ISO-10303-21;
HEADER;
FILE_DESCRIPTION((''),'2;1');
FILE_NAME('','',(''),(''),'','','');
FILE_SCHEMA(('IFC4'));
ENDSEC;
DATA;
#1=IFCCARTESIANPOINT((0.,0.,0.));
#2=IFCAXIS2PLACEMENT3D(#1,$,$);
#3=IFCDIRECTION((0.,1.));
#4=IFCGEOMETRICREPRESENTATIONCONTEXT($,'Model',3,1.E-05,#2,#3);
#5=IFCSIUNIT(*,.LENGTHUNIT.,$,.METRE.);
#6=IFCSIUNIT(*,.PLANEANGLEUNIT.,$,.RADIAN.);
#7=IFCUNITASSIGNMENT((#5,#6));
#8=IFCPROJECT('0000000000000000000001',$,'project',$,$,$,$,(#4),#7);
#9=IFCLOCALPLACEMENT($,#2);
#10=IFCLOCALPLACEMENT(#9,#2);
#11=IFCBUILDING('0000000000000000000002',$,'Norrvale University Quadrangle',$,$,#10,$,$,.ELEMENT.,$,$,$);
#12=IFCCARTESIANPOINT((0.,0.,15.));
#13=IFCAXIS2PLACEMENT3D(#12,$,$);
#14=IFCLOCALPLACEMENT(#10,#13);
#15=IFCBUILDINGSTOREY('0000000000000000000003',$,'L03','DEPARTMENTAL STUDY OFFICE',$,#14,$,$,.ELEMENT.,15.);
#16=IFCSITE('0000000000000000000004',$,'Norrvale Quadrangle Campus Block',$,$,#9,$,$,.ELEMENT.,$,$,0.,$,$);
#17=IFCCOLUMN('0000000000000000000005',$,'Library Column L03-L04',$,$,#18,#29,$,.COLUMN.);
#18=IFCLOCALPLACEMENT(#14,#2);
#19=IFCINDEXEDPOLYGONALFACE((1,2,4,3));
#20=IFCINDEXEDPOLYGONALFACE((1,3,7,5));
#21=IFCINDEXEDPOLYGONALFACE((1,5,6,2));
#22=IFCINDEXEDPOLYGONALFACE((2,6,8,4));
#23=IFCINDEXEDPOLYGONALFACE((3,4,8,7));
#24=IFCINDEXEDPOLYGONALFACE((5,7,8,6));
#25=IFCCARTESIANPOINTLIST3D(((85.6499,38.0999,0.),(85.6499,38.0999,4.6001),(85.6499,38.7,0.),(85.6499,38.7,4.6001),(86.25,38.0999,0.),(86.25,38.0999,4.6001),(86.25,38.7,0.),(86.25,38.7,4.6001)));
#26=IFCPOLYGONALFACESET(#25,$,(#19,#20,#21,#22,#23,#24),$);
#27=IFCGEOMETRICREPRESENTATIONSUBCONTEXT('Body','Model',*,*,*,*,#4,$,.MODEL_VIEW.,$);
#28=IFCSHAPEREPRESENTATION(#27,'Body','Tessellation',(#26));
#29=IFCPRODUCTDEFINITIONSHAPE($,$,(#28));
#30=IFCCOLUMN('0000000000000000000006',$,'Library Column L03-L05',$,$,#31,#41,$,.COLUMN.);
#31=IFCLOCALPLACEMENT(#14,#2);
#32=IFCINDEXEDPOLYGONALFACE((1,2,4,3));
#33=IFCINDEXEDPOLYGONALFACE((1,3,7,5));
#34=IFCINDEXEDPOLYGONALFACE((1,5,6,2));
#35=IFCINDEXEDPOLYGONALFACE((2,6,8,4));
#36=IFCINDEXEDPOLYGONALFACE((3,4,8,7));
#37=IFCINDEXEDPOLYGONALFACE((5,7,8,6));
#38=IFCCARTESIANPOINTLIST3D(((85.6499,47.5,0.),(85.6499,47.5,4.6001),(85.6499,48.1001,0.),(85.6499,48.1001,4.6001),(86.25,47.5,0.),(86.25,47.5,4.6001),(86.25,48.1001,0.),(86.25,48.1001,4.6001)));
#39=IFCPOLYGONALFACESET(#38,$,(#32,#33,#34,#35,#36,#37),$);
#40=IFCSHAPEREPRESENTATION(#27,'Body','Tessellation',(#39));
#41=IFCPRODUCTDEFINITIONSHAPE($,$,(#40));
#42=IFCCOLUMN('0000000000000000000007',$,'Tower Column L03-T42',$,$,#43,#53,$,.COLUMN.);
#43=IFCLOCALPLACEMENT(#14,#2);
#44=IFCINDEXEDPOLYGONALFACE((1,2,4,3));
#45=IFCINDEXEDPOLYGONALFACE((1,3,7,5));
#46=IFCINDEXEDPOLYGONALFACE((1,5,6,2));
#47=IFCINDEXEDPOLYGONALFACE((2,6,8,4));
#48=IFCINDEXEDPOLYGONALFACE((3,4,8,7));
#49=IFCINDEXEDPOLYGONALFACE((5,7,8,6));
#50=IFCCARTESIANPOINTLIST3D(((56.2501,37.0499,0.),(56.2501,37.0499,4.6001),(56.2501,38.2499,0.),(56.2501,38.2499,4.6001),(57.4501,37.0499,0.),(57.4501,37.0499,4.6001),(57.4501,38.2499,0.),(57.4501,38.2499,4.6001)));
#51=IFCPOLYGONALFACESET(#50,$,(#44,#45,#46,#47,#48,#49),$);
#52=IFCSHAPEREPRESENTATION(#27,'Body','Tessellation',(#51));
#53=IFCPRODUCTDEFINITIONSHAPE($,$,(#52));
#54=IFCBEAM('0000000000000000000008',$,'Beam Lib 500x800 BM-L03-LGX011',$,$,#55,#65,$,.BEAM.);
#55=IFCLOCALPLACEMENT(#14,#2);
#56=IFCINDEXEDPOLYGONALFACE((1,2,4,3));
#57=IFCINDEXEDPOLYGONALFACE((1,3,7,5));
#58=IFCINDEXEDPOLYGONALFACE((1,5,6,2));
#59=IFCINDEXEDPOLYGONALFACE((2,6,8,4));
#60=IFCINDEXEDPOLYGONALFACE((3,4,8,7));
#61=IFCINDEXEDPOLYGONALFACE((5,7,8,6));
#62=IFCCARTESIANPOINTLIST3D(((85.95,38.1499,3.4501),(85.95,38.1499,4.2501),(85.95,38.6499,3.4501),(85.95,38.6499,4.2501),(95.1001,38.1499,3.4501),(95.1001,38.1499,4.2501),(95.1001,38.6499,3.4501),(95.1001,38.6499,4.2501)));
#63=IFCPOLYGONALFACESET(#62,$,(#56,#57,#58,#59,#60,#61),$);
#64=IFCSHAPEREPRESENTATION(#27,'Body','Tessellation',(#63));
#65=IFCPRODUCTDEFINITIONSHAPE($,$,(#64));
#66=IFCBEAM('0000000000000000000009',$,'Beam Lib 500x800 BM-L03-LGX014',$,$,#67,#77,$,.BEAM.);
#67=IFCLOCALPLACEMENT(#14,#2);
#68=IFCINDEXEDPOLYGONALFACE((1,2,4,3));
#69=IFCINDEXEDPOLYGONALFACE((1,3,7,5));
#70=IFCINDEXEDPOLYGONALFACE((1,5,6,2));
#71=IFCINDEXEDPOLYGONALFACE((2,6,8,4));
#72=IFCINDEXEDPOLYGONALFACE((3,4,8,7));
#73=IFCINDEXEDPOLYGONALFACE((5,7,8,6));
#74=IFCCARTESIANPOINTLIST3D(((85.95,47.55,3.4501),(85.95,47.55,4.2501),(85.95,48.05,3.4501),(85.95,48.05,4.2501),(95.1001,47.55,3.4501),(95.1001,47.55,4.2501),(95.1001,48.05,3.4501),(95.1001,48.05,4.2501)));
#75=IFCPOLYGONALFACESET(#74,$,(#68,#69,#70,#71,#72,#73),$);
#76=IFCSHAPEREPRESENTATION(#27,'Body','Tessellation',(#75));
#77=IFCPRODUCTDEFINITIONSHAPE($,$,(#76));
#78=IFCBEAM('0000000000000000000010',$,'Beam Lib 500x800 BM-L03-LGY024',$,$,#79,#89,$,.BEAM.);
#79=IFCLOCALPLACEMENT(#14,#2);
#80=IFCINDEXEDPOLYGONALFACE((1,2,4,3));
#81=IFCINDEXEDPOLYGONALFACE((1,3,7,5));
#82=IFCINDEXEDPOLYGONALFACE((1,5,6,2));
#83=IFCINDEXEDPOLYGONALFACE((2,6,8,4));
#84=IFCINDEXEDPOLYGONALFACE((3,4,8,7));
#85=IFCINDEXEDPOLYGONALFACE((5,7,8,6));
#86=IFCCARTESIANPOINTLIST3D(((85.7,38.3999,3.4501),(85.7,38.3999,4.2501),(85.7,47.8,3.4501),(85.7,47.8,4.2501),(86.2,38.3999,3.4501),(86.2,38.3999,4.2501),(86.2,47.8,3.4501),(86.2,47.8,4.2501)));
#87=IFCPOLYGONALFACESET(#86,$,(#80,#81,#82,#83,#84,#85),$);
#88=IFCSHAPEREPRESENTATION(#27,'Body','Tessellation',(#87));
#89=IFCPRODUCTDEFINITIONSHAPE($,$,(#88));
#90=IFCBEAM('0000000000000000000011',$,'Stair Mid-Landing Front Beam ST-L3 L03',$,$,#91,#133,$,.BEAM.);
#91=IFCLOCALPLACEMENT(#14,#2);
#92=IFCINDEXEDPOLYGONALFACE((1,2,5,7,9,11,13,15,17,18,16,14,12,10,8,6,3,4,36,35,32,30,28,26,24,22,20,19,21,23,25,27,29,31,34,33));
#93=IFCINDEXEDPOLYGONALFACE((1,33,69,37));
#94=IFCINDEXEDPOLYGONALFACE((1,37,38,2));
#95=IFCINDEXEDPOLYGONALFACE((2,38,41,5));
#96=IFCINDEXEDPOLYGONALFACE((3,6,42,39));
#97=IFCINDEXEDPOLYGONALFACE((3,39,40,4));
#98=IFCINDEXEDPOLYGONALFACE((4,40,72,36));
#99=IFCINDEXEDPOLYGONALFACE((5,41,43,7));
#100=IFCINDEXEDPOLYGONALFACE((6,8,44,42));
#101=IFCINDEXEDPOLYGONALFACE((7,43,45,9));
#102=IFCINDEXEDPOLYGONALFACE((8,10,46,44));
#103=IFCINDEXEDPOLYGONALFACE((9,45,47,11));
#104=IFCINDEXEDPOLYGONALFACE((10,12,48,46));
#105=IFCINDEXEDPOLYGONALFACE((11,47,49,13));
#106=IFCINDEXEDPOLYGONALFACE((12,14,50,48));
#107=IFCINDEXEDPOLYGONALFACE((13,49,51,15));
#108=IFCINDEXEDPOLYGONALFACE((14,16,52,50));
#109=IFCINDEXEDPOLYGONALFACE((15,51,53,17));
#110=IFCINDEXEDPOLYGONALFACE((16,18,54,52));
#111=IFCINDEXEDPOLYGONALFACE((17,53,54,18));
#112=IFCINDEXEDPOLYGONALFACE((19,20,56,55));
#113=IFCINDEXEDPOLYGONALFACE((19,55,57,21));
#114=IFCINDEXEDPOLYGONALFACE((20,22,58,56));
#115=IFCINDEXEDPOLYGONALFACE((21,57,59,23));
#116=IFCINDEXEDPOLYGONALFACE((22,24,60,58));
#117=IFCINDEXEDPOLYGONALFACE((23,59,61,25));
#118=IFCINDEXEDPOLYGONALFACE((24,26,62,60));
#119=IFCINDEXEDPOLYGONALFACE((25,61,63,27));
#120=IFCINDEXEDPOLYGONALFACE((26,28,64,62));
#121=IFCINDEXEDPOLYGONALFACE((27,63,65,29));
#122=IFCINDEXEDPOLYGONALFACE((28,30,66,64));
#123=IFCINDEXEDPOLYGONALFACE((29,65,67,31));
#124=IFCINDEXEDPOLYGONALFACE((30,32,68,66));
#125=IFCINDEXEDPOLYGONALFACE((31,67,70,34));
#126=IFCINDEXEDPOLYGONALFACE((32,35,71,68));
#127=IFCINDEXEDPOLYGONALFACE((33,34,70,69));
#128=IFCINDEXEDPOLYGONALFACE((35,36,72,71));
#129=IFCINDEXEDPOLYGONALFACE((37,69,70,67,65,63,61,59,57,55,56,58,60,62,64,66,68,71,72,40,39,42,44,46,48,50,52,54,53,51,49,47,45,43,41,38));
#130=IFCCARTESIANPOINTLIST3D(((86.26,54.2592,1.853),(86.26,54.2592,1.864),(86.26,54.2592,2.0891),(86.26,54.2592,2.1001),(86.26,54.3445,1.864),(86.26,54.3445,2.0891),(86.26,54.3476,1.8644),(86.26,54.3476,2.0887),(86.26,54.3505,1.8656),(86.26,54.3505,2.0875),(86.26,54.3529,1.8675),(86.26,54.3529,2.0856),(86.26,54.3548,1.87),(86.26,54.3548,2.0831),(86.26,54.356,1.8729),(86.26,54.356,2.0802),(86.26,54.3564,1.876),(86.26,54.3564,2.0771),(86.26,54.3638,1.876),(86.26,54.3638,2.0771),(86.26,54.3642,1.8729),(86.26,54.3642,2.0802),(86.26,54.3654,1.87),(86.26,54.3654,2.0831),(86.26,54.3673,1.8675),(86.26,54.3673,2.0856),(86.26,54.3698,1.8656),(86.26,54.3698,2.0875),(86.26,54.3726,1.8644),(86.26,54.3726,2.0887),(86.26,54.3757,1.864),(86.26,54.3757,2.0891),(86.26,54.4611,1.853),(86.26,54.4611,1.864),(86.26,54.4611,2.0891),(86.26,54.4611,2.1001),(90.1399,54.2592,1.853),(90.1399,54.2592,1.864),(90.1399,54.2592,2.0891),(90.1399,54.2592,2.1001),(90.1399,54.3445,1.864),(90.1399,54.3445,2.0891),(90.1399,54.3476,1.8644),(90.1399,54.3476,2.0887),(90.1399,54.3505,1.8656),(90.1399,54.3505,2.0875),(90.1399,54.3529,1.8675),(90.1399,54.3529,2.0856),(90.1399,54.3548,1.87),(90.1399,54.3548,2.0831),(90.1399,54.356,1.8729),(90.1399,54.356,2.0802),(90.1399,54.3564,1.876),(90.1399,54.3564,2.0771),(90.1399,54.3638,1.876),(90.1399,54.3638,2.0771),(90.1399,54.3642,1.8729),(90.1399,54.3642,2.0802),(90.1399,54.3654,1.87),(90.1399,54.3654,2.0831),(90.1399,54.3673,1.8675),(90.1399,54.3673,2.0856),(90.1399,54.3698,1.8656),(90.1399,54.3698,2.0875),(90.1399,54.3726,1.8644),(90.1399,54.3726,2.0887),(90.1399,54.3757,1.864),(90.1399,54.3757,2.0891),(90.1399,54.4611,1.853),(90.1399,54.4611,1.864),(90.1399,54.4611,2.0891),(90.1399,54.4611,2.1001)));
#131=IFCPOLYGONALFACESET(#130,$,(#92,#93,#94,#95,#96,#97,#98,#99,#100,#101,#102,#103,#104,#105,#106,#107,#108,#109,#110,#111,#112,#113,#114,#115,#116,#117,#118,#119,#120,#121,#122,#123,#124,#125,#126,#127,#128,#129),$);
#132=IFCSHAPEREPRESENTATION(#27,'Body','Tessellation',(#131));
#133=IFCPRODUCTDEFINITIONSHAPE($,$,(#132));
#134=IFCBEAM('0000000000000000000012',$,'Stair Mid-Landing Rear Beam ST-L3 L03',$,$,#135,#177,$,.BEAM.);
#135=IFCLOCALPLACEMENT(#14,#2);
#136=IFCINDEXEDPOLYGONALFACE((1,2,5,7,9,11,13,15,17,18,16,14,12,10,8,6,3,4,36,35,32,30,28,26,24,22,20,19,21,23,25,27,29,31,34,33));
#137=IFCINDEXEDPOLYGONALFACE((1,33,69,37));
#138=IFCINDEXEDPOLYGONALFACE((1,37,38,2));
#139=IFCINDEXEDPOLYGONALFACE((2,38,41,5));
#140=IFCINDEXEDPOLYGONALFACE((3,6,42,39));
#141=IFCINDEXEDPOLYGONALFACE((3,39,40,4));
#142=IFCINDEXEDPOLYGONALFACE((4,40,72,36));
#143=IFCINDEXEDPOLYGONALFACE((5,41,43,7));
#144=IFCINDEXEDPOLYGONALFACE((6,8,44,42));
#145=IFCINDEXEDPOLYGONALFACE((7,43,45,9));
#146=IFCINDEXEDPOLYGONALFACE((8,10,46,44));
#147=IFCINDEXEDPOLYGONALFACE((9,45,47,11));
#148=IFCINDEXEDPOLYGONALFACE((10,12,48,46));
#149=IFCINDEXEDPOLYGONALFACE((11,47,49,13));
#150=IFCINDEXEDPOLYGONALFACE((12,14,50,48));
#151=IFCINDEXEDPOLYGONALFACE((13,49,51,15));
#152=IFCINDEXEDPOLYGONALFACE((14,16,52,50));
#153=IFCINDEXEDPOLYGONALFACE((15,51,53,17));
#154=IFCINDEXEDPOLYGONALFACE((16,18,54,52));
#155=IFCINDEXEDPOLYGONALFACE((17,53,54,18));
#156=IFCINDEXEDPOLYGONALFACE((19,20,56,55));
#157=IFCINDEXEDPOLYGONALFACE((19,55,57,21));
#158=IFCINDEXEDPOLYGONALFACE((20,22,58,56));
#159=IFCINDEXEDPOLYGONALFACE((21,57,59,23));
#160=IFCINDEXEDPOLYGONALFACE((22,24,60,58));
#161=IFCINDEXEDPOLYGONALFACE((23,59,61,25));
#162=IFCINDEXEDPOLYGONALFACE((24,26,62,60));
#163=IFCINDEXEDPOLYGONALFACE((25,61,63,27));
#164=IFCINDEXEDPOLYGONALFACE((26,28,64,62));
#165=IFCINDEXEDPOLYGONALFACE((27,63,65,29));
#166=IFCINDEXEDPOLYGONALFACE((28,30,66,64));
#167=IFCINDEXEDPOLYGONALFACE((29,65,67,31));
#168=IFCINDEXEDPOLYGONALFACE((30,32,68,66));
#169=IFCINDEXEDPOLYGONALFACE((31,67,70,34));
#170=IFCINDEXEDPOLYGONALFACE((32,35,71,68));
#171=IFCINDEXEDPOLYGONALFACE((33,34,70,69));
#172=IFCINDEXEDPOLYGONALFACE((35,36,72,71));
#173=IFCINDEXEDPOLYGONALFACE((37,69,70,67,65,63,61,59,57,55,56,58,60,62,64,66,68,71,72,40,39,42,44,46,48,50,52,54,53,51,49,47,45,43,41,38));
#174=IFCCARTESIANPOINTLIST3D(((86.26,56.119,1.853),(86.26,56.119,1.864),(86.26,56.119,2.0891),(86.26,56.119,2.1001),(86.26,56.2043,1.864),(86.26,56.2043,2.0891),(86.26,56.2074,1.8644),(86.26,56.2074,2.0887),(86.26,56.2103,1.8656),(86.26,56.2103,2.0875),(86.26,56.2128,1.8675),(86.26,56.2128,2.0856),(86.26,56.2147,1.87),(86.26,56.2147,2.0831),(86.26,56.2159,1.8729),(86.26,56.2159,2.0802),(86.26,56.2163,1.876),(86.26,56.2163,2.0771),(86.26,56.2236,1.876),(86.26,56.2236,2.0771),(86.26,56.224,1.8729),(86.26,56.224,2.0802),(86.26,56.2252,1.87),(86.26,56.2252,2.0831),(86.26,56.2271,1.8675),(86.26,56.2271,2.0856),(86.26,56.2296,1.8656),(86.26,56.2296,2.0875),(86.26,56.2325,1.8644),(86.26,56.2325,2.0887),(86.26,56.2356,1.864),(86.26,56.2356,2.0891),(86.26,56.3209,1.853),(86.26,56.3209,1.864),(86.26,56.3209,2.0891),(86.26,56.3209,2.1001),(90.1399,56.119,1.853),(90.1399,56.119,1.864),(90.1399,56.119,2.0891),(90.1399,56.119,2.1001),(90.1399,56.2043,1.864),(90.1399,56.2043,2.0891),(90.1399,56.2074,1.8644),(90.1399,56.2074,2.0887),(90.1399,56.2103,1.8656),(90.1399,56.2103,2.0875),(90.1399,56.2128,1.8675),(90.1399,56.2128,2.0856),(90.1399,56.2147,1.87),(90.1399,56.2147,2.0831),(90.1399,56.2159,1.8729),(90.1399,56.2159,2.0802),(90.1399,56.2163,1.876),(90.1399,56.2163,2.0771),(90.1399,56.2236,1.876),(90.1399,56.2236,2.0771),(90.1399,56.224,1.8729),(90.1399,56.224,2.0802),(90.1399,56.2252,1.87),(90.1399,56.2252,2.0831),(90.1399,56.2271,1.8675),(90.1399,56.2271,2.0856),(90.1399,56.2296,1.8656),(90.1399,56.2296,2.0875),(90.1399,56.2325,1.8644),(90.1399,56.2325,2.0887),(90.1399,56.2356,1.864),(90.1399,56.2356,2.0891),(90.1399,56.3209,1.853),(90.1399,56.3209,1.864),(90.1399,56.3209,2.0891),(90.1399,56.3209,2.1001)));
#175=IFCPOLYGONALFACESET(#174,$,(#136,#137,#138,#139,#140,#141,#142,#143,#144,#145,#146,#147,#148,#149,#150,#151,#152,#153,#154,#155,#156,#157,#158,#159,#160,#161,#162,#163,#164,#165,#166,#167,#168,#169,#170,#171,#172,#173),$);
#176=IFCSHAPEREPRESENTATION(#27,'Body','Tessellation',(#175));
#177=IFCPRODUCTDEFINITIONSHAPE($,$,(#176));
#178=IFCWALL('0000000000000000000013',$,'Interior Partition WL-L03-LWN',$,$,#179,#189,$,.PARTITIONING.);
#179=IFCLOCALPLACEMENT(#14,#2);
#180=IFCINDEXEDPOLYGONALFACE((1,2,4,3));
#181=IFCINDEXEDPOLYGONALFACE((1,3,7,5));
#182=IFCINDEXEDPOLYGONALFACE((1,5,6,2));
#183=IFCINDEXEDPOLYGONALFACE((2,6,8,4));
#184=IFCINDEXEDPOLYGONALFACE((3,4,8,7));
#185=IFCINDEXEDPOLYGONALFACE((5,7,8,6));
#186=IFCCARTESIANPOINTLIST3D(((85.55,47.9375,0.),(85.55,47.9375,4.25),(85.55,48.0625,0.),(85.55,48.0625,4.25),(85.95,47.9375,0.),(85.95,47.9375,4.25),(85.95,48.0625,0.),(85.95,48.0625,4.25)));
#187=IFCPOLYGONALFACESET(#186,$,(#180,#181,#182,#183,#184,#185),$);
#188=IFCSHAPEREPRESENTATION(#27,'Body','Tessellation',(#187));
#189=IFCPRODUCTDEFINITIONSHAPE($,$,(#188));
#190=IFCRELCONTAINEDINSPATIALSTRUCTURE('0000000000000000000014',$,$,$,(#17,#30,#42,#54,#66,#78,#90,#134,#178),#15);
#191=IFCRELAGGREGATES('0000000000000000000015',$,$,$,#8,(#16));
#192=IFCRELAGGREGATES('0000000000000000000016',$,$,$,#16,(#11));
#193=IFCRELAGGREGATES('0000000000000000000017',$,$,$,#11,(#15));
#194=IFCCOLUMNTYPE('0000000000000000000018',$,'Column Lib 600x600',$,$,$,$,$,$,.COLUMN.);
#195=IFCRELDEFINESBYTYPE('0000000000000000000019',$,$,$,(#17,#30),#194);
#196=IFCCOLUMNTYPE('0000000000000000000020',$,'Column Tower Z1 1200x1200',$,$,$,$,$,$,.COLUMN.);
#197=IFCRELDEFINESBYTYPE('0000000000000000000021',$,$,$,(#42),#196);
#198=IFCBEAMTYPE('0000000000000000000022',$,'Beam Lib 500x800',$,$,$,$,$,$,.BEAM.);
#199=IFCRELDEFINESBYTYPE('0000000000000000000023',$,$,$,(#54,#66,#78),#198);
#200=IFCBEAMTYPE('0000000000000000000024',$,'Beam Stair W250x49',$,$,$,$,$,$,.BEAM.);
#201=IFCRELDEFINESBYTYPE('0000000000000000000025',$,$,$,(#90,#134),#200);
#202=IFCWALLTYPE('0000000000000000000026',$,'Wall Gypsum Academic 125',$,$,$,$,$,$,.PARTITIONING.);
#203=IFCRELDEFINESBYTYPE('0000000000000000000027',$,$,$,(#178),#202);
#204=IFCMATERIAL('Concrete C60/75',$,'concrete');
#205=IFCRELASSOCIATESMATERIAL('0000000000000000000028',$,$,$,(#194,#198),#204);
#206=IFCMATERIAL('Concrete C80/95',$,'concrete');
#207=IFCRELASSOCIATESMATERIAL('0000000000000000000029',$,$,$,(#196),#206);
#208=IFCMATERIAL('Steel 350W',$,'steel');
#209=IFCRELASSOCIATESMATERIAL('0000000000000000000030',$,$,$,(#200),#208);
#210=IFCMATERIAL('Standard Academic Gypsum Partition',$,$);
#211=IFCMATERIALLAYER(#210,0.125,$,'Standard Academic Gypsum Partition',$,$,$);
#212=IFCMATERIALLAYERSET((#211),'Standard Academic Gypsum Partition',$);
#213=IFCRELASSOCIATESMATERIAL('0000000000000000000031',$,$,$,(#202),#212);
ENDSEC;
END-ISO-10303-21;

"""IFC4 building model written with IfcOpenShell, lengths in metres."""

from ifc_helpers import new_model, si_unit, direction, frame, frame_2d, origin, origin_2d, place, context, subcontext, project, spatial, rectangle, i_section, extrude, material, layer, layer_set, material_profile, profile_set, type_object, element, save


model = new_model("IFC4")

# Units and contexts
model_context = context("Model", 3, precision=1e-05, world=origin(), true_north=direction((0.0, 1.0)))
body_context = subcontext(model_context, "Body", "Model", "MODEL_VIEW")
ifc_project = project(units=[si_unit("LENGTHUNIT", "METRE"), si_unit("PLANEANGLEUNIT", "RADIAN")], contexts=[model_context])

# Site, building, storey
site_placement = place(None, origin())
site = spatial("IfcSite", under=ifc_project, at=site_placement, Name="Norrvale Quadrangle Campus Block", CompositionType="ELEMENT", RefElevation=0.0)
building_placement = place(site_placement, origin())
building = spatial("IfcBuilding", under=site, at=building_placement, Name="Norrvale University Quadrangle", CompositionType="ELEMENT")
storey_placement = place(building_placement, frame((0.0, 0.0, 15.0)))
storey = spatial("IfcBuildingStorey", under=building, at=storey_placement, Name="L03", Description="DEPARTMENTAL STUDY OFFICE", CompositionType="ELEMENT", Elevation=15.0)

# Columns
ifc_material_1 = material(Name="Concrete C60/75", Category="concrete")
ifc_material_profile_1 = material_profile(ifc_material_1, rectangle(XDim=0.6001, YDim=0.6001, at=origin_2d()), Name="Concrete C60/75")
ifc_profile_set_1 = profile_set([ifc_material_profile_1], Name="Concrete C60/75")
column_type_1 = type_object("IfcColumnType", Name="Column Lib 600x600", PredefinedType="COLUMN", material=ifc_profile_set_1)
for number, where, z_axis, x_axis, name in (
    (1, (85.95, 38.3999, 0.0), (0.0, 0.0, 1.0), (1.0, 0.0, 0.0), "Library Column L03-L04"),
    (2, (85.95, 47.8, 0.0), (0.0, 0.0, 1.0), (1.0, 0.0, 0.0), "Library Column L03-L05"),
):
    element("IfcColumn", number, at=place(storey_placement, frame(where, z_axis=z_axis, x_axis=x_axis)), inside=storey, type_object=column_type_1, Name=name, PredefinedType="COLUMN", context=body_context, shape_type="SweptSolid", body=[
        extrude(rectangle(XDim=0.6001, YDim=0.6001, at=origin_2d()), origin(), (0.0, 0.0, 1.0), 4.6001),
    ])
ifc_material_2 = material(Name="Concrete C80/95", Category="concrete")
ifc_material_profile_2 = material_profile(ifc_material_2, rectangle(XDim=1.2, YDim=1.2, at=origin_2d()), Name="Concrete C80/95")
ifc_profile_set_2 = profile_set([ifc_material_profile_2], Name="Concrete C80/95")
column_type_2 = type_object("IfcColumnType", Name="Column Tower Z1 1200x1200", PredefinedType="COLUMN", material=ifc_profile_set_2)
column_placement = place(storey_placement, frame((56.8501, 37.6499, 0.0), z_axis=(0.0, 0.0, 1.0), x_axis=(1.0, 0.0, 0.0)))
element("IfcColumn", 3, at=column_placement, inside=storey, type_object=column_type_2, Name="Tower Column L03-T42", PredefinedType="COLUMN", context=body_context, shape_type="SweptSolid", body=[
    extrude(rectangle(XDim=1.2, YDim=1.2, at=origin_2d()), origin(), (0.0, 0.0, 1.0), 4.6001),
])

# Beams
ifc_material_profile_3 = material_profile(ifc_material_1, rectangle(XDim=0.5, YDim=0.8, at=origin_2d()), Name="Concrete C60/75")
ifc_profile_set_3 = profile_set([ifc_material_profile_3], Name="Concrete C60/75")
beam_type_1 = type_object("IfcBeamType", Name="Beam Lib 500x800", PredefinedType="BEAM", material=ifc_profile_set_3)
for number, where, z_axis, x_axis, name in (
    (4, (85.95, 38.3999, 3.8501), (1.0, 0.0, 0.0), (0.0, 1.0, 0.0), "Beam Lib 500x800 BM-L03-LGX011"),
    (5, (85.95, 47.8, 3.8501), (1.0, 0.0, 0.0), (0.0, 1.0, 0.0), "Beam Lib 500x800 BM-L03-LGX014"),
):
    element("IfcBeam", number, at=place(storey_placement, frame(where, z_axis=z_axis, x_axis=x_axis)), inside=storey, type_object=beam_type_1, Name=name, PredefinedType="BEAM", context=body_context, shape_type="SweptSolid", body=[
        extrude(rectangle(XDim=0.5, YDim=0.8, at=origin_2d()), origin(), (0.0, 0.0, 1.0), 9.1501),
    ])
beam_placement = place(storey_placement, frame((85.95, 38.3999, 3.8501), z_axis=(0.0, 1.0, 0.0), x_axis=(-1.0, 0.0, 0.0)))
element("IfcBeam", 6, at=beam_placement, inside=storey, type_object=beam_type_1, Name="Beam Lib 500x800 BM-L03-LGY024", PredefinedType="BEAM", context=body_context, shape_type="SweptSolid", body=[
    extrude(rectangle(XDim=0.5, YDim=0.8, at=origin_2d()), origin(), (0.0, 0.0, 1.0), 9.4001),
])
ifc_material_3 = material(Name="Steel 350W", Category="steel")
ifc_material_profile_4 = material_profile(ifc_material_3, i_section(OverallWidth=0.2019, OverallDepth=0.2471, WebThickness=0.0073, FlangeThickness=0.011, FilletRadius=0.012, at=origin_2d()), Name="Steel 350W")
ifc_profile_set_4 = profile_set([ifc_material_profile_4], Name="Steel 350W")
beam_type_2 = type_object("IfcBeamType", Name="Beam Stair W250x49", PredefinedType="BEAM", material=ifc_profile_set_4)
for number, where, z_axis, x_axis, name in (
    (7, (86.26, 54.3601, 1.9766), (1.0, 0.0, 0.0), (0.0, 1.0, 0.0), "Stair Mid-Landing Front Beam ST-L3 L03"),
    (8, (86.26, 56.22, 1.9766), (1.0, 0.0, 0.0), (0.0, 1.0, 0.0), "Stair Mid-Landing Rear Beam ST-L3 L03"),
):
    element("IfcBeam", number, at=place(storey_placement, frame(where, z_axis=z_axis, x_axis=x_axis)), inside=storey, type_object=beam_type_2, Name=name, PredefinedType="BEAM", context=body_context, shape_type="SweptSolid", body=[
        extrude(i_section(OverallWidth=0.2019, OverallDepth=0.2471, WebThickness=0.0073, FlangeThickness=0.011, FilletRadius=0.012, at=origin_2d()), origin(), (0.0, 0.0, 1.0), 3.8799),
    ])

# Wall
ifc_material_4 = material(Name="Standard Academic Gypsum Partition")
ifc_layer_1 = layer(ifc_material_4, 0.125, Name="Standard Academic Gypsum Partition")
ifc_layer_set_1 = layer_set([ifc_layer_1], Name="Standard Academic Gypsum Partition")
wall_type_1 = type_object("IfcWallType", Name="Wall Gypsum Academic 125", PredefinedType="PARTITIONING", material=ifc_layer_set_1)
wall_1_placement = place(storey_placement, frame((85.55, 48.0, 0.0), z_axis=(0.0, 0.0, 1.0), x_axis=(1.0, 0.0, 0.0)))
element("IfcWall", 9, at=wall_1_placement, inside=storey, type_object=wall_type_1, Name="Interior Partition WL-L03-LWN", PredefinedType="PARTITIONING", context=body_context, shape_type="SweptSolid", body=[
    extrude(rectangle(XDim=0.3999, YDim=0.125, at=frame_2d((0.2, 0.0))), origin(), (0.0, 0.0, 1.0), 4.25),
])

save(model, "model.ifc")
